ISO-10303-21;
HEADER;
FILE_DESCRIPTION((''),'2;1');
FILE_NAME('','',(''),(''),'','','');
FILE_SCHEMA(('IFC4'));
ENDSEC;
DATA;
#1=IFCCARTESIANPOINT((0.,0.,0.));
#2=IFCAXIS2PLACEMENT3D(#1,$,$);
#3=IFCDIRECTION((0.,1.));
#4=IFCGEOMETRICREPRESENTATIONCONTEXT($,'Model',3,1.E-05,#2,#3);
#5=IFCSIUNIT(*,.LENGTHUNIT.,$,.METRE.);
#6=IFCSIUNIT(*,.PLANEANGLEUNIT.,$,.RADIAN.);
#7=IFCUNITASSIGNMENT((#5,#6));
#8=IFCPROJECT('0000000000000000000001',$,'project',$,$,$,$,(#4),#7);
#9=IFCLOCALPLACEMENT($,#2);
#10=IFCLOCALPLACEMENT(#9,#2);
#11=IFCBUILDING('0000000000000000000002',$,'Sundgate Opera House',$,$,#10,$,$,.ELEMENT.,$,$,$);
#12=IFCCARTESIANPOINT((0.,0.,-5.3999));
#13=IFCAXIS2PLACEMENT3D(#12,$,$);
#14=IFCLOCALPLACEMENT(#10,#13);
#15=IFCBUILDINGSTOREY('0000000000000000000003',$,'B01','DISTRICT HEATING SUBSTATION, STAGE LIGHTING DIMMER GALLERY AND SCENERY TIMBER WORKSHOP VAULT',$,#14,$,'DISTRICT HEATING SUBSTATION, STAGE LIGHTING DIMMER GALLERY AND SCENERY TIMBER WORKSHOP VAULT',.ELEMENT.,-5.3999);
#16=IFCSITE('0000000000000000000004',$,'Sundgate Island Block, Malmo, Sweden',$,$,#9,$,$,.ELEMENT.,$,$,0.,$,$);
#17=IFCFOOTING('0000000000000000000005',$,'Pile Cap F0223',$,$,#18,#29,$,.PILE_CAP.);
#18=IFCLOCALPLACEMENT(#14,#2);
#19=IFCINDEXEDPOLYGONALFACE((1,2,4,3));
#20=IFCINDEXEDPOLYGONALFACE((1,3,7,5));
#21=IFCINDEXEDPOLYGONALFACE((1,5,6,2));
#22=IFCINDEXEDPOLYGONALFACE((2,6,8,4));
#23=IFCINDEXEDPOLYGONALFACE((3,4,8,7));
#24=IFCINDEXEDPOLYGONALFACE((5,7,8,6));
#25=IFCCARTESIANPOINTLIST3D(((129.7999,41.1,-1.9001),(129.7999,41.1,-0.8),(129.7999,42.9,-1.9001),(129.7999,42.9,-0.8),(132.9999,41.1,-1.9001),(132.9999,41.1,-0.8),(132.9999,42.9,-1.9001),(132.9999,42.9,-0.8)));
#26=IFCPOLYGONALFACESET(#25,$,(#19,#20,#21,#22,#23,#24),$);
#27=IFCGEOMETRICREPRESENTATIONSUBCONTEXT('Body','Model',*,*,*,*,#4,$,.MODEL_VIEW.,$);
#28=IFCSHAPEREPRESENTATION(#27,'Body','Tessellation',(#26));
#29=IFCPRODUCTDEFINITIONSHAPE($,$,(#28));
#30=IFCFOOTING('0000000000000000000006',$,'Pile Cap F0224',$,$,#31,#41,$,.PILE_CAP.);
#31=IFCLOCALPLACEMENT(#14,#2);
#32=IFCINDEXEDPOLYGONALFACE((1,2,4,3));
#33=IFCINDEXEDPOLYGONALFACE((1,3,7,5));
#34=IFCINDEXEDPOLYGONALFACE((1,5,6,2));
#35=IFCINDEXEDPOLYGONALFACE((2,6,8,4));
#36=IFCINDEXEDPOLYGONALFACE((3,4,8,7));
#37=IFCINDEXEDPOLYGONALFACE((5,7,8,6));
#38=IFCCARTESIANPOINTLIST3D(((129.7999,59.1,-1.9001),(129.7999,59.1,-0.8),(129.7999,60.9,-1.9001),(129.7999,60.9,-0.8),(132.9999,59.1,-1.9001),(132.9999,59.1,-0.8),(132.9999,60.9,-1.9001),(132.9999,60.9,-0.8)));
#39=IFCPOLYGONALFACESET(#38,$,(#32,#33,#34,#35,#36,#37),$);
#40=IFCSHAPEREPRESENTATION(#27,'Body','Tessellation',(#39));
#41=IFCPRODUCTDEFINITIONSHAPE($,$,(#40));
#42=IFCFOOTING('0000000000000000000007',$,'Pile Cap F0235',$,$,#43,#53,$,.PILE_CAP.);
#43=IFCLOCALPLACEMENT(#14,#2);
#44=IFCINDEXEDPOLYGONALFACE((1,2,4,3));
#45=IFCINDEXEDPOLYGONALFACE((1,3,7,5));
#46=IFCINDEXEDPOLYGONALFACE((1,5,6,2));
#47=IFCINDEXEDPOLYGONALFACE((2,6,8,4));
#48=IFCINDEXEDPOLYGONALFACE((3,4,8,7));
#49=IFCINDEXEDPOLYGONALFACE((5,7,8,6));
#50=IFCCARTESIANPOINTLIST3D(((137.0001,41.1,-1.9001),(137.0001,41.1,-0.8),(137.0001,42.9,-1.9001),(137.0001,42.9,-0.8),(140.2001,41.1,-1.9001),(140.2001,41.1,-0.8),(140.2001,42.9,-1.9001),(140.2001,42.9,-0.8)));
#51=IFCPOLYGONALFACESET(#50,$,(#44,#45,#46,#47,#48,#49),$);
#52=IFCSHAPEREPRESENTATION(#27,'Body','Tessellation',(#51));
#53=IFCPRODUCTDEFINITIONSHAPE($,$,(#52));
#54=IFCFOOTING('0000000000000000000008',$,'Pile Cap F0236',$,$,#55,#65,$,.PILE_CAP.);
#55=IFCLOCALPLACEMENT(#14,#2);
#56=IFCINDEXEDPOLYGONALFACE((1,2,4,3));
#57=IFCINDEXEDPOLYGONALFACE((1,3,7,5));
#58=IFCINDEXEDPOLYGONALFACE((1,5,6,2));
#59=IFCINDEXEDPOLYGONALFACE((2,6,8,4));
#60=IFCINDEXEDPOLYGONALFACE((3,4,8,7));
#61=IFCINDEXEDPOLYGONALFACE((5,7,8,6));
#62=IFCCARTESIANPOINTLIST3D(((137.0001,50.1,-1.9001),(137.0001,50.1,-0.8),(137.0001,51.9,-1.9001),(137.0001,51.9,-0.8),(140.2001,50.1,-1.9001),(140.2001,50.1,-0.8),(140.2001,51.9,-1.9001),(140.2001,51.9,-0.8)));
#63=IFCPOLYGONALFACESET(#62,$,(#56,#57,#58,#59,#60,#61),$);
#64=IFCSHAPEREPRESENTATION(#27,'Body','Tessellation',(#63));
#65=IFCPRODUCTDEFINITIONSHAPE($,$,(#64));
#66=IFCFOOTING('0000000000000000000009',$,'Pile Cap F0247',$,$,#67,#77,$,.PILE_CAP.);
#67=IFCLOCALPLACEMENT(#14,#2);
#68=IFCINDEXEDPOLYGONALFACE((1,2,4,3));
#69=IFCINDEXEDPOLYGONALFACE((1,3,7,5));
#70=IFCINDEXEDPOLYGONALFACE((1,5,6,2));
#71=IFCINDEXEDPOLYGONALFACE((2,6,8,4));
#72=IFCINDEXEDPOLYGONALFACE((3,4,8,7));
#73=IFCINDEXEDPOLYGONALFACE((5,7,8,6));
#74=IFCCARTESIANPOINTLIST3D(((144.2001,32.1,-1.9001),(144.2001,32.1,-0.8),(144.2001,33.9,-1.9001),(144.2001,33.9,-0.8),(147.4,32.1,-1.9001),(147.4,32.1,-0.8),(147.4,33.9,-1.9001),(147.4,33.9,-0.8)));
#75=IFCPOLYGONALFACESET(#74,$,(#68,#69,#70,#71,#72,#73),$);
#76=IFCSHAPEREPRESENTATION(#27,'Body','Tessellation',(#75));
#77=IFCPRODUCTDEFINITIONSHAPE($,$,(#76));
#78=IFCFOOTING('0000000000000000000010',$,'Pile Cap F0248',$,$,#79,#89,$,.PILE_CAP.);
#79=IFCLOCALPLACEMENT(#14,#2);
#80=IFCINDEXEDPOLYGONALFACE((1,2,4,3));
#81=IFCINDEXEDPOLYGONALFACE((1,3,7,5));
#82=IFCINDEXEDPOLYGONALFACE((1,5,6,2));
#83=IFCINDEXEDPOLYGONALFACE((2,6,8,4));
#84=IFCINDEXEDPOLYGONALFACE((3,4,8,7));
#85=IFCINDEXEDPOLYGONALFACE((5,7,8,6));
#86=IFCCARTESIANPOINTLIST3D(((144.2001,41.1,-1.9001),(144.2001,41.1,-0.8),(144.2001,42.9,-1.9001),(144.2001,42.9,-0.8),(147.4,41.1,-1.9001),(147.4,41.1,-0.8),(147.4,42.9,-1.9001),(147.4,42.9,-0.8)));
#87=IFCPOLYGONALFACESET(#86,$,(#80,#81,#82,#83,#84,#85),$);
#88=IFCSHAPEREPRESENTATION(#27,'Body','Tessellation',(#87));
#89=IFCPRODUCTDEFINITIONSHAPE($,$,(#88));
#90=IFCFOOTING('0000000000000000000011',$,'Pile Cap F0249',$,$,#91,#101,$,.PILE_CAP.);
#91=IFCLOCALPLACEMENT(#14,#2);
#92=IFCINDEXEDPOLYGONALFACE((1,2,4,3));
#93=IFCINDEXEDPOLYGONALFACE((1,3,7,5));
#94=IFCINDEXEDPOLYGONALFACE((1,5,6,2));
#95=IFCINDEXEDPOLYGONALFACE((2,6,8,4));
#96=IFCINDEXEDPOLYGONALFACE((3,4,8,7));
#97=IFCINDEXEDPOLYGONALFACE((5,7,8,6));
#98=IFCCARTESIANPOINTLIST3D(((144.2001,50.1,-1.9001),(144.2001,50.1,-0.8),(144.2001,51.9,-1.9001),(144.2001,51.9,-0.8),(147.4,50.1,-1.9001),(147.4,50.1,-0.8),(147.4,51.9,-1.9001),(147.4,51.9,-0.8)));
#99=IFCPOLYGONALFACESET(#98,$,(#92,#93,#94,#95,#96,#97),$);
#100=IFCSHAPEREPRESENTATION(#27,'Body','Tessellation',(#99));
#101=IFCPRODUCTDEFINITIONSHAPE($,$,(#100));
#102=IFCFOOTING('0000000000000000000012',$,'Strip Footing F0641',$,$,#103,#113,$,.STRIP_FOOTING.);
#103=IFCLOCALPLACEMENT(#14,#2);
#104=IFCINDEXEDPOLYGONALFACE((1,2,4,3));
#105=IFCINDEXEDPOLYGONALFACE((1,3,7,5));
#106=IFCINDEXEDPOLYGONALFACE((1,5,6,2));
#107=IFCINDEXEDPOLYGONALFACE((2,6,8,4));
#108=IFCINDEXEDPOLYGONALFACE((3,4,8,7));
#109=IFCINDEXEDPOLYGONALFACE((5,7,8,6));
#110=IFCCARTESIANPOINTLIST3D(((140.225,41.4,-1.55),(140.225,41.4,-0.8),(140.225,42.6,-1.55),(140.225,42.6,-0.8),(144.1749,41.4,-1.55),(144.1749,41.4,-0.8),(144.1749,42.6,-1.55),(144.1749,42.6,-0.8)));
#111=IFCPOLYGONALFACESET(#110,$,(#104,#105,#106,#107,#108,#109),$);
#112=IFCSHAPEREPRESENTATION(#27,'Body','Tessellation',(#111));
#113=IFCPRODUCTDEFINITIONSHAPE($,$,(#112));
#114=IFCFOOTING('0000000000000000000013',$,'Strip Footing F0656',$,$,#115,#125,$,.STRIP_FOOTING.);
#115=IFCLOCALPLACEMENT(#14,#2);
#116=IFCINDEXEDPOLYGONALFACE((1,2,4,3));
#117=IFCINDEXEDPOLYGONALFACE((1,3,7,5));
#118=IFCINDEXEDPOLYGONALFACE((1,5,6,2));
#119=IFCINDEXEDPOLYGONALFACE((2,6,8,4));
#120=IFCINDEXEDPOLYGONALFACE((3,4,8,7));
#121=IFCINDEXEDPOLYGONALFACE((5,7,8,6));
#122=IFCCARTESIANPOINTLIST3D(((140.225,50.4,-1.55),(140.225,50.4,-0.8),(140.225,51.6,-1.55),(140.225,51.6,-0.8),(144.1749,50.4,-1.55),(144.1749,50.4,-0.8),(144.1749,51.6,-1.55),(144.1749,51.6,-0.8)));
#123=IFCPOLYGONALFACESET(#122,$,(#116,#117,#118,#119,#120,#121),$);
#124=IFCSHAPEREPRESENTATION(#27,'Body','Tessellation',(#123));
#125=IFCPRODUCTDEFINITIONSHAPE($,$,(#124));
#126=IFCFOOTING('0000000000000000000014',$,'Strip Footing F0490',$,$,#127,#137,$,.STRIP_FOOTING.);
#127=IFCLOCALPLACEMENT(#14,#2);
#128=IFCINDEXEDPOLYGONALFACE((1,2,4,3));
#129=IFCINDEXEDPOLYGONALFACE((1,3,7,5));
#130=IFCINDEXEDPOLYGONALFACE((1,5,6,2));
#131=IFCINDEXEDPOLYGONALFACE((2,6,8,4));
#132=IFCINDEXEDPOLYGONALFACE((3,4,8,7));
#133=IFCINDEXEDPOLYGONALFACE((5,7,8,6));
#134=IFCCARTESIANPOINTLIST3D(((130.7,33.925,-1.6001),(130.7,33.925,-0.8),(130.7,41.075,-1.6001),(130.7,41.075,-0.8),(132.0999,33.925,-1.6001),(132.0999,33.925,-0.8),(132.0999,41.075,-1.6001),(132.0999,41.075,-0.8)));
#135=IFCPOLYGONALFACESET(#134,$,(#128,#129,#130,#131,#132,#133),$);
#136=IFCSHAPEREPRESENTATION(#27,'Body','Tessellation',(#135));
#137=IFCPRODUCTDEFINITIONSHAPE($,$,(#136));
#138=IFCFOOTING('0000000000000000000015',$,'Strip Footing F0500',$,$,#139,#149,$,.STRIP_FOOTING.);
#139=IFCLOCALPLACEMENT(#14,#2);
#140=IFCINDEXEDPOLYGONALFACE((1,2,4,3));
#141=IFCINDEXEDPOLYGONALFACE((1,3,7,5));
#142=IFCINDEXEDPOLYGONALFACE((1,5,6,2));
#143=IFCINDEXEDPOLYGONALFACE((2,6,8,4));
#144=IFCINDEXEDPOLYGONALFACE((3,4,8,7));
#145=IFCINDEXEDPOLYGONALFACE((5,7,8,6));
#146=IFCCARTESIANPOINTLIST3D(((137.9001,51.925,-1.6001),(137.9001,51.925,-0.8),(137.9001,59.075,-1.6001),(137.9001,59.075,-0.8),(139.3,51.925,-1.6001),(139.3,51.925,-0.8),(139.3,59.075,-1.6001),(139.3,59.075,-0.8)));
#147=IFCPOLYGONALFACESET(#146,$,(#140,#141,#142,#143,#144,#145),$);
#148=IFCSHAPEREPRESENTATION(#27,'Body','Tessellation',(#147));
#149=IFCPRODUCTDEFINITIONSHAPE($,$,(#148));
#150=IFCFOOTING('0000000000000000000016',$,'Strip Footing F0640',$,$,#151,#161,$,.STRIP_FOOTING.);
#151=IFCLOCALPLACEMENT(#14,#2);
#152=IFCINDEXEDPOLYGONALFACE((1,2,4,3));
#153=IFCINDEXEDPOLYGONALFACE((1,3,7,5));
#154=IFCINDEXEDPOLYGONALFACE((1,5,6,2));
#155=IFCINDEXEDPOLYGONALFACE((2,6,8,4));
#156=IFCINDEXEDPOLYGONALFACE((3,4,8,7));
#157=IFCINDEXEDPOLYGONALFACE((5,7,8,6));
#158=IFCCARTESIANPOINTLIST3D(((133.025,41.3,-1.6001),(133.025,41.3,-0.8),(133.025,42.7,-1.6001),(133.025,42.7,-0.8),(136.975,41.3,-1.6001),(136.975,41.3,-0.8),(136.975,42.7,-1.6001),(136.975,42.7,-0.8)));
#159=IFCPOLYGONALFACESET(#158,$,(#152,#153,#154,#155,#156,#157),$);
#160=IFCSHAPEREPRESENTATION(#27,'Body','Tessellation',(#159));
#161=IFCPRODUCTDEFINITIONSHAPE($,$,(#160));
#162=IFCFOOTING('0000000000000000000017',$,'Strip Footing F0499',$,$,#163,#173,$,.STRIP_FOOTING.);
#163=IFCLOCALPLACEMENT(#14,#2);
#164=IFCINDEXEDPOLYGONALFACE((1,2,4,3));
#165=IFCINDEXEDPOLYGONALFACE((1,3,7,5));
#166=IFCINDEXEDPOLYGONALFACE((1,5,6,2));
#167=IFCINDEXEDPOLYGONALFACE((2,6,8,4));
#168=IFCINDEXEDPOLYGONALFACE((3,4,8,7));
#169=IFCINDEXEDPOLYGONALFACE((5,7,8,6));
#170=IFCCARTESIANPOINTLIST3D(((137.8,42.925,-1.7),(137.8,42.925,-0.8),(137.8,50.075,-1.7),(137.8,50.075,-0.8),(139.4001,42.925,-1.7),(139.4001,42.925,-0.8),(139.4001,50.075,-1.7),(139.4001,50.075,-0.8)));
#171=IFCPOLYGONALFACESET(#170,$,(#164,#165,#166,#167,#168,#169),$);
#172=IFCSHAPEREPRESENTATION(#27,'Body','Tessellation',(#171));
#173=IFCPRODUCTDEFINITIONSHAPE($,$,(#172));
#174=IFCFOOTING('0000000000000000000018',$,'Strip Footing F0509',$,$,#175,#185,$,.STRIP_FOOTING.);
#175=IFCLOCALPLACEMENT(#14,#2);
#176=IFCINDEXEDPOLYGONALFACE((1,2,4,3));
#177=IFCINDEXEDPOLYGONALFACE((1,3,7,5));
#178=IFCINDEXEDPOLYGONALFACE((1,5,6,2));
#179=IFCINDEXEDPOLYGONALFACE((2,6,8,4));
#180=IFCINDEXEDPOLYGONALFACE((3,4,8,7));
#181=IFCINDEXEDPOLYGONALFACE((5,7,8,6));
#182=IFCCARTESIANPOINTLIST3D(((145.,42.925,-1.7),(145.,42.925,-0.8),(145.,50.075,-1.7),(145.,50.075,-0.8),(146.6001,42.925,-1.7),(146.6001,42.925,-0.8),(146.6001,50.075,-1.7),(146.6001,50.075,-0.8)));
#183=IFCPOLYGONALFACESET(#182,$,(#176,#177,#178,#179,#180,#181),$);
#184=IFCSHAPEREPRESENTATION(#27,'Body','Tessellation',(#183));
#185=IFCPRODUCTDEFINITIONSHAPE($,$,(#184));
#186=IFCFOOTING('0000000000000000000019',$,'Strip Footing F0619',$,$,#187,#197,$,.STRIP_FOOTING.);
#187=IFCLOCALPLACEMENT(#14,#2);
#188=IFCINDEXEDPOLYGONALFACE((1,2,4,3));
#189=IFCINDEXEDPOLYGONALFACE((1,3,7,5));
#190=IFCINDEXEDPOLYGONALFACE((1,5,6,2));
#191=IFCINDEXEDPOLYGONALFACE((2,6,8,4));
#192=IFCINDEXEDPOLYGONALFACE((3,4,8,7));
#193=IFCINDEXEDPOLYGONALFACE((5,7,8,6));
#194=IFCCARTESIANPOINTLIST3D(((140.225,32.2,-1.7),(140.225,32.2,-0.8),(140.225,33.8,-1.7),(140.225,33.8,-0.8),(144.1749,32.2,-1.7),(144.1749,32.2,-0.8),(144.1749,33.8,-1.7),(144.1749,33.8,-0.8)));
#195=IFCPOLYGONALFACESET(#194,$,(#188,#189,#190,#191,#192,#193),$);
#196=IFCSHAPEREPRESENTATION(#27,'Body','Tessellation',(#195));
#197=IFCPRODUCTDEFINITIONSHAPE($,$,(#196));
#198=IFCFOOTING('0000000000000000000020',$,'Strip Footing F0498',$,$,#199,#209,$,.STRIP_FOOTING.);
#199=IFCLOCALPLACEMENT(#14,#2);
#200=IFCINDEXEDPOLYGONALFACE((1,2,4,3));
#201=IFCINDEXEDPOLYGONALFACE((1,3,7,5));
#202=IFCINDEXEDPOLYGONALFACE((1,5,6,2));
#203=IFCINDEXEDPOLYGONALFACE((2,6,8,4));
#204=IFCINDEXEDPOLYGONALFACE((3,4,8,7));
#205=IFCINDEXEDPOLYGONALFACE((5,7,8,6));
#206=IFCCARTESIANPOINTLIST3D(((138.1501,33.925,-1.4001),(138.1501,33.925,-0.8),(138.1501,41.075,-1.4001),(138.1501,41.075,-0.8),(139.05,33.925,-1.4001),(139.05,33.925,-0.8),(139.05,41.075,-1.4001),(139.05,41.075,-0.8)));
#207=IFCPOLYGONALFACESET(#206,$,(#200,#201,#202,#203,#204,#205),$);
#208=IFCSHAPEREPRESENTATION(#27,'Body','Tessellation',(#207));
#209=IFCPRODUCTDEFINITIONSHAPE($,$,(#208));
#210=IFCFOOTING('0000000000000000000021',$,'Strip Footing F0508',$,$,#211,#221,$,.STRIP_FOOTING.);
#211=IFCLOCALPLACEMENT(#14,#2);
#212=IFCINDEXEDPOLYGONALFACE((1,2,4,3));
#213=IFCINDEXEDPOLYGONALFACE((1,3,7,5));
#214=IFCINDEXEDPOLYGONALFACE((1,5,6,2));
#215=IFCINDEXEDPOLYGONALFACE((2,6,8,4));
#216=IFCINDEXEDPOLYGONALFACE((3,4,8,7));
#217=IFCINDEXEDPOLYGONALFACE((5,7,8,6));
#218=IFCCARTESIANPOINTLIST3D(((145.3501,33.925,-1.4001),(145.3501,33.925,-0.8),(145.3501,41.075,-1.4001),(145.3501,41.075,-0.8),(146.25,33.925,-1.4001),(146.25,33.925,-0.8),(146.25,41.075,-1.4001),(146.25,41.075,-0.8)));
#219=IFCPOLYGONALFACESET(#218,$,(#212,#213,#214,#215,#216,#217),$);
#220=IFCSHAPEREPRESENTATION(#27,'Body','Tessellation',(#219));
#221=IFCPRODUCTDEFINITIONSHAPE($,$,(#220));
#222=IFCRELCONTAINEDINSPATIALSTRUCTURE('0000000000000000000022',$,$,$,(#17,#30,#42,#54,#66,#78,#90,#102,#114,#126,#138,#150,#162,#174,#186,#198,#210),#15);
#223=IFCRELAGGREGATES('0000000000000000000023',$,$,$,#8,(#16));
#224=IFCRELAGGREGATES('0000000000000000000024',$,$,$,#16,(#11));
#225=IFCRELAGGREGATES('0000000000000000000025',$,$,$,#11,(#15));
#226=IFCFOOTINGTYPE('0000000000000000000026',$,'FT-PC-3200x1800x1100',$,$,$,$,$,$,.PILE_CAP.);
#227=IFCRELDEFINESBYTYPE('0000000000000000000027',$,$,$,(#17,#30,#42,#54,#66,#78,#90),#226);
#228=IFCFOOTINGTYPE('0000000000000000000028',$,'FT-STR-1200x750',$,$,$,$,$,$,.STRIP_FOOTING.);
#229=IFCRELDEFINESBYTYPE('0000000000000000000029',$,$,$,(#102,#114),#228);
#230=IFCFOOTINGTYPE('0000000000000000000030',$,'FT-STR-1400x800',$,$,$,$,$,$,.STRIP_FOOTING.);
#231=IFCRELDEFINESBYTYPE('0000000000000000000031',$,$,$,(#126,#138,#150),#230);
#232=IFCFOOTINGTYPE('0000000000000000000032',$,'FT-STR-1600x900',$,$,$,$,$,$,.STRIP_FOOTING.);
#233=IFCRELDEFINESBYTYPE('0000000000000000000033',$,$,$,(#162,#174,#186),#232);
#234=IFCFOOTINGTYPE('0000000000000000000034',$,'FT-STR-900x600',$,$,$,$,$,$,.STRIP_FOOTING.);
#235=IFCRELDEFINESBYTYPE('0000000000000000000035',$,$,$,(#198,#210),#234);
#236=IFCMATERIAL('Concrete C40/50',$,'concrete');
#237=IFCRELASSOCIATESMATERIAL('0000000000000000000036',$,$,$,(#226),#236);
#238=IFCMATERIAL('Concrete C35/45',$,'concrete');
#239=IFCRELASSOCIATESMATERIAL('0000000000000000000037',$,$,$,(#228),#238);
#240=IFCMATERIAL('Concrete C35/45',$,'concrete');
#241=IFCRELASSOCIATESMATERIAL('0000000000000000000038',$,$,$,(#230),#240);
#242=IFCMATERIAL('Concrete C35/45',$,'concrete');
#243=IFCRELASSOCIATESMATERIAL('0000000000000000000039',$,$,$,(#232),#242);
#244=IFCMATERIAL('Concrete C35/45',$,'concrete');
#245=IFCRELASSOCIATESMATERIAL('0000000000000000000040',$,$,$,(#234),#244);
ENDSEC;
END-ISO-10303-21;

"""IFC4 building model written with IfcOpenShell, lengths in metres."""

from ifc_helpers import new_model, si_unit, direction, frame, origin, origin_2d, place, context, subcontext, project, spatial, rectangle, extrude, material, type_object, element, save


model = new_model("IFC4")

# Units and contexts
model_context = context("Model", 3, precision=1e-05, world=origin(), true_north=direction((0.0, 1.0)))
body_context = subcontext(model_context, "Body", "Model", "MODEL_VIEW")
ifc_project = project(units=[si_unit("LENGTHUNIT", "METRE"), si_unit("PLANEANGLEUNIT", "RADIAN")], contexts=[model_context])

# Site, building, storey
site_placement = place(None, origin())
site = spatial("IfcSite", under=ifc_project, at=site_placement, Name="Sundgate Island Block, Malmo, Sweden", CompositionType="ELEMENT", RefElevation=0.0)
building_placement = place(site_placement, origin())
building = spatial("IfcBuilding", under=site, at=building_placement, Name="Sundgate Opera House", CompositionType="ELEMENT")
storey_placement = place(building_placement, frame((0.0, 0.0, -5.3999)))
storey = spatial("IfcBuildingStorey", under=building, at=storey_placement, Name="B01", Description="DISTRICT HEATING SUBSTATION, STAGE LIGHTING DIMMER GALLERY AND SCENERY TIMBER WORKSHOP VAULT", LongName="DISTRICT HEATING SUBSTATION, STAGE LIGHTING DIMMER GALLERY AND SCENERY TIMBER WORKSHOP VAULT", CompositionType="ELEMENT", Elevation=-5.3999)

# Footings
ifc_material_1 = material(Name="Concrete C40/50", Category="concrete")
footing_type_1 = type_object("IfcFootingType", Name="FT-PC-3200x1800x1100", PredefinedType="PILE_CAP", material=ifc_material_1)
for number, where, z_axis, x_axis, name in (
    (1, (131.3999, 42.0, -1.9001), (0.0, 0.0, 1.0), (1.0, 0.0, 0.0), "Pile Cap F0223"),
    (2, (131.3999, 60.0, -1.9001), (0.0, 0.0, 1.0), (1.0, 0.0, 0.0), "Pile Cap F0224"),
    (3, (138.6001, 42.0, -1.9001), (0.0, 0.0, 1.0), (1.0, 0.0, 0.0), "Pile Cap F0235"),
    (4, (138.6001, 51.0, -1.9001), (0.0, 0.0, 1.0), (1.0, 0.0, 0.0), "Pile Cap F0236"),
    (5, (145.8, 33.0, -1.9001), (0.0, 0.0, 1.0), (1.0, 0.0, 0.0), "Pile Cap F0247"),
    (6, (145.8, 42.0, -1.9001), (0.0, 0.0, 1.0), (1.0, 0.0, 0.0), "Pile Cap F0248"),
    (7, (145.8, 51.0, -1.9001), (0.0, 0.0, 1.0), (1.0, 0.0, 0.0), "Pile Cap F0249"),
):
    element("IfcFooting", number, at=place(storey_placement, frame(where, z_axis=z_axis, x_axis=x_axis)), inside=storey, type_object=footing_type_1, Name=name, PredefinedType="PILE_CAP", context=body_context, shape_type="SweptSolid", body=[
        extrude(rectangle(XDim=3.2, YDim=1.8, at=origin_2d()), origin(), (0.0, 0.0, 1.0), 1.1001),
    ])
ifc_material_2 = material(Name="Concrete C35/45", Category="concrete")
footing_type_2 = type_object("IfcFootingType", Name="FT-STR-1200x750", PredefinedType="STRIP_FOOTING", material=ifc_material_2)
for number, where, z_axis, x_axis, name in (
    (8, (142.2, 42.0, -1.55), (0.0, 0.0, 1.0), (1.0, 0.0, 0.0), "Strip Footing F0641"),
    (9, (142.2, 51.0, -1.55), (0.0, 0.0, 1.0), (1.0, 0.0, 0.0), "Strip Footing F0656"),
):
    element("IfcFooting", number, at=place(storey_placement, frame(where, z_axis=z_axis, x_axis=x_axis)), inside=storey, type_object=footing_type_2, Name=name, PredefinedType="STRIP_FOOTING", context=body_context, shape_type="SweptSolid", body=[
        extrude(rectangle(XDim=3.95, YDim=1.2, at=origin_2d()), origin(), (0.0, 0.0, 1.0), 0.75),
    ])
ifc_material_3 = material(Name="Concrete C35/45", Category="concrete")
footing_type_3 = type_object("IfcFootingType", Name="FT-STR-1400x800", PredefinedType="STRIP_FOOTING", material=ifc_material_3)
for number, where, z_axis, x_axis, name in (
    (10, (131.3999, 37.5, -1.6001), (0.0, 0.0, 1.0), (1.0, 0.0, 0.0), "Strip Footing F0490"),
    (11, (138.6001, 55.5, -1.6001), (0.0, 0.0, 1.0), (1.0, 0.0, 0.0), "Strip Footing F0500"),
):
    element("IfcFooting", number, at=place(storey_placement, frame(where, z_axis=z_axis, x_axis=x_axis)), inside=storey, type_object=footing_type_3, Name=name, PredefinedType="STRIP_FOOTING", context=body_context, shape_type="SweptSolid", body=[
        extrude(rectangle(XDim=1.3999, YDim=7.1499, at=origin_2d()), origin(), (0.0, 0.0, 1.0), 0.8),
    ])
footing_1_placement = place(storey_placement, frame((135.0, 42.0, -1.6001), z_axis=(0.0, 0.0, 1.0), x_axis=(1.0, 0.0, 0.0)))
element("IfcFooting", 12, at=footing_1_placement, inside=storey, type_object=footing_type_3, Name="Strip Footing F0640", PredefinedType="STRIP_FOOTING", context=body_context, shape_type="SweptSolid", body=[
    extrude(rectangle(XDim=3.95, YDim=1.3999, at=origin_2d()), origin(), (0.0, 0.0, 1.0), 0.8),
])
ifc_material_4 = material(Name="Concrete C35/45", Category="concrete")
footing_type_4 = type_object("IfcFootingType", Name="FT-STR-1600x900", PredefinedType="STRIP_FOOTING", material=ifc_material_4)
for number, where, z_axis, x_axis, name in (
    (13, (138.6001, 46.5, -1.7), (0.0, 0.0, 1.0), (1.0, 0.0, 0.0), "Strip Footing F0499"),
    (14, (145.8, 46.5, -1.7), (0.0, 0.0, 1.0), (1.0, 0.0, 0.0), "Strip Footing F0509"),
):
    element("IfcFooting", number, at=place(storey_placement, frame(where, z_axis=z_axis, x_axis=x_axis)), inside=storey, type_object=footing_type_4, Name=name, PredefinedType="STRIP_FOOTING", context=body_context, shape_type="SweptSolid", body=[
        extrude(rectangle(XDim=1.6001, YDim=7.1499, at=origin_2d()), origin(), (0.0, 0.0, 1.0), 0.8999),
    ])
footing_2_placement = place(storey_placement, frame((142.2, 33.0, -1.7), z_axis=(0.0, 0.0, 1.0), x_axis=(1.0, 0.0, 0.0)))
element("IfcFooting", 15, at=footing_2_placement, inside=storey, type_object=footing_type_4, Name="Strip Footing F0619", PredefinedType="STRIP_FOOTING", context=body_context, shape_type="SweptSolid", body=[
    extrude(rectangle(XDim=3.95, YDim=1.6001, at=origin_2d()), origin(), (0.0, 0.0, 1.0), 0.8999),
])
ifc_material_5 = material(Name="Concrete C35/45", Category="concrete")
footing_type_5 = type_object("IfcFootingType", Name="FT-STR-900x600", PredefinedType="STRIP_FOOTING", material=ifc_material_5)
for number, where, z_axis, x_axis, name in (
    (16, (138.6001, 37.5, -1.4001), (0.0, 0.0, 1.0), (1.0, 0.0, 0.0), "Strip Footing F0498"),
    (17, (145.8, 37.5, -1.4001), (0.0, 0.0, 1.0), (1.0, 0.0, 0.0), "Strip Footing F0508"),
):
    element("IfcFooting", number, at=place(storey_placement, frame(where, z_axis=z_axis, x_axis=x_axis)), inside=storey, type_object=footing_type_5, Name=name, PredefinedType="STRIP_FOOTING", context=body_context, shape_type="SweptSolid", body=[
        extrude(rectangle(XDim=0.8999, YDim=7.1499, at=origin_2d()), origin(), (0.0, 0.0, 1.0), 0.6001),
    ])

save(model, "model.ifc")
